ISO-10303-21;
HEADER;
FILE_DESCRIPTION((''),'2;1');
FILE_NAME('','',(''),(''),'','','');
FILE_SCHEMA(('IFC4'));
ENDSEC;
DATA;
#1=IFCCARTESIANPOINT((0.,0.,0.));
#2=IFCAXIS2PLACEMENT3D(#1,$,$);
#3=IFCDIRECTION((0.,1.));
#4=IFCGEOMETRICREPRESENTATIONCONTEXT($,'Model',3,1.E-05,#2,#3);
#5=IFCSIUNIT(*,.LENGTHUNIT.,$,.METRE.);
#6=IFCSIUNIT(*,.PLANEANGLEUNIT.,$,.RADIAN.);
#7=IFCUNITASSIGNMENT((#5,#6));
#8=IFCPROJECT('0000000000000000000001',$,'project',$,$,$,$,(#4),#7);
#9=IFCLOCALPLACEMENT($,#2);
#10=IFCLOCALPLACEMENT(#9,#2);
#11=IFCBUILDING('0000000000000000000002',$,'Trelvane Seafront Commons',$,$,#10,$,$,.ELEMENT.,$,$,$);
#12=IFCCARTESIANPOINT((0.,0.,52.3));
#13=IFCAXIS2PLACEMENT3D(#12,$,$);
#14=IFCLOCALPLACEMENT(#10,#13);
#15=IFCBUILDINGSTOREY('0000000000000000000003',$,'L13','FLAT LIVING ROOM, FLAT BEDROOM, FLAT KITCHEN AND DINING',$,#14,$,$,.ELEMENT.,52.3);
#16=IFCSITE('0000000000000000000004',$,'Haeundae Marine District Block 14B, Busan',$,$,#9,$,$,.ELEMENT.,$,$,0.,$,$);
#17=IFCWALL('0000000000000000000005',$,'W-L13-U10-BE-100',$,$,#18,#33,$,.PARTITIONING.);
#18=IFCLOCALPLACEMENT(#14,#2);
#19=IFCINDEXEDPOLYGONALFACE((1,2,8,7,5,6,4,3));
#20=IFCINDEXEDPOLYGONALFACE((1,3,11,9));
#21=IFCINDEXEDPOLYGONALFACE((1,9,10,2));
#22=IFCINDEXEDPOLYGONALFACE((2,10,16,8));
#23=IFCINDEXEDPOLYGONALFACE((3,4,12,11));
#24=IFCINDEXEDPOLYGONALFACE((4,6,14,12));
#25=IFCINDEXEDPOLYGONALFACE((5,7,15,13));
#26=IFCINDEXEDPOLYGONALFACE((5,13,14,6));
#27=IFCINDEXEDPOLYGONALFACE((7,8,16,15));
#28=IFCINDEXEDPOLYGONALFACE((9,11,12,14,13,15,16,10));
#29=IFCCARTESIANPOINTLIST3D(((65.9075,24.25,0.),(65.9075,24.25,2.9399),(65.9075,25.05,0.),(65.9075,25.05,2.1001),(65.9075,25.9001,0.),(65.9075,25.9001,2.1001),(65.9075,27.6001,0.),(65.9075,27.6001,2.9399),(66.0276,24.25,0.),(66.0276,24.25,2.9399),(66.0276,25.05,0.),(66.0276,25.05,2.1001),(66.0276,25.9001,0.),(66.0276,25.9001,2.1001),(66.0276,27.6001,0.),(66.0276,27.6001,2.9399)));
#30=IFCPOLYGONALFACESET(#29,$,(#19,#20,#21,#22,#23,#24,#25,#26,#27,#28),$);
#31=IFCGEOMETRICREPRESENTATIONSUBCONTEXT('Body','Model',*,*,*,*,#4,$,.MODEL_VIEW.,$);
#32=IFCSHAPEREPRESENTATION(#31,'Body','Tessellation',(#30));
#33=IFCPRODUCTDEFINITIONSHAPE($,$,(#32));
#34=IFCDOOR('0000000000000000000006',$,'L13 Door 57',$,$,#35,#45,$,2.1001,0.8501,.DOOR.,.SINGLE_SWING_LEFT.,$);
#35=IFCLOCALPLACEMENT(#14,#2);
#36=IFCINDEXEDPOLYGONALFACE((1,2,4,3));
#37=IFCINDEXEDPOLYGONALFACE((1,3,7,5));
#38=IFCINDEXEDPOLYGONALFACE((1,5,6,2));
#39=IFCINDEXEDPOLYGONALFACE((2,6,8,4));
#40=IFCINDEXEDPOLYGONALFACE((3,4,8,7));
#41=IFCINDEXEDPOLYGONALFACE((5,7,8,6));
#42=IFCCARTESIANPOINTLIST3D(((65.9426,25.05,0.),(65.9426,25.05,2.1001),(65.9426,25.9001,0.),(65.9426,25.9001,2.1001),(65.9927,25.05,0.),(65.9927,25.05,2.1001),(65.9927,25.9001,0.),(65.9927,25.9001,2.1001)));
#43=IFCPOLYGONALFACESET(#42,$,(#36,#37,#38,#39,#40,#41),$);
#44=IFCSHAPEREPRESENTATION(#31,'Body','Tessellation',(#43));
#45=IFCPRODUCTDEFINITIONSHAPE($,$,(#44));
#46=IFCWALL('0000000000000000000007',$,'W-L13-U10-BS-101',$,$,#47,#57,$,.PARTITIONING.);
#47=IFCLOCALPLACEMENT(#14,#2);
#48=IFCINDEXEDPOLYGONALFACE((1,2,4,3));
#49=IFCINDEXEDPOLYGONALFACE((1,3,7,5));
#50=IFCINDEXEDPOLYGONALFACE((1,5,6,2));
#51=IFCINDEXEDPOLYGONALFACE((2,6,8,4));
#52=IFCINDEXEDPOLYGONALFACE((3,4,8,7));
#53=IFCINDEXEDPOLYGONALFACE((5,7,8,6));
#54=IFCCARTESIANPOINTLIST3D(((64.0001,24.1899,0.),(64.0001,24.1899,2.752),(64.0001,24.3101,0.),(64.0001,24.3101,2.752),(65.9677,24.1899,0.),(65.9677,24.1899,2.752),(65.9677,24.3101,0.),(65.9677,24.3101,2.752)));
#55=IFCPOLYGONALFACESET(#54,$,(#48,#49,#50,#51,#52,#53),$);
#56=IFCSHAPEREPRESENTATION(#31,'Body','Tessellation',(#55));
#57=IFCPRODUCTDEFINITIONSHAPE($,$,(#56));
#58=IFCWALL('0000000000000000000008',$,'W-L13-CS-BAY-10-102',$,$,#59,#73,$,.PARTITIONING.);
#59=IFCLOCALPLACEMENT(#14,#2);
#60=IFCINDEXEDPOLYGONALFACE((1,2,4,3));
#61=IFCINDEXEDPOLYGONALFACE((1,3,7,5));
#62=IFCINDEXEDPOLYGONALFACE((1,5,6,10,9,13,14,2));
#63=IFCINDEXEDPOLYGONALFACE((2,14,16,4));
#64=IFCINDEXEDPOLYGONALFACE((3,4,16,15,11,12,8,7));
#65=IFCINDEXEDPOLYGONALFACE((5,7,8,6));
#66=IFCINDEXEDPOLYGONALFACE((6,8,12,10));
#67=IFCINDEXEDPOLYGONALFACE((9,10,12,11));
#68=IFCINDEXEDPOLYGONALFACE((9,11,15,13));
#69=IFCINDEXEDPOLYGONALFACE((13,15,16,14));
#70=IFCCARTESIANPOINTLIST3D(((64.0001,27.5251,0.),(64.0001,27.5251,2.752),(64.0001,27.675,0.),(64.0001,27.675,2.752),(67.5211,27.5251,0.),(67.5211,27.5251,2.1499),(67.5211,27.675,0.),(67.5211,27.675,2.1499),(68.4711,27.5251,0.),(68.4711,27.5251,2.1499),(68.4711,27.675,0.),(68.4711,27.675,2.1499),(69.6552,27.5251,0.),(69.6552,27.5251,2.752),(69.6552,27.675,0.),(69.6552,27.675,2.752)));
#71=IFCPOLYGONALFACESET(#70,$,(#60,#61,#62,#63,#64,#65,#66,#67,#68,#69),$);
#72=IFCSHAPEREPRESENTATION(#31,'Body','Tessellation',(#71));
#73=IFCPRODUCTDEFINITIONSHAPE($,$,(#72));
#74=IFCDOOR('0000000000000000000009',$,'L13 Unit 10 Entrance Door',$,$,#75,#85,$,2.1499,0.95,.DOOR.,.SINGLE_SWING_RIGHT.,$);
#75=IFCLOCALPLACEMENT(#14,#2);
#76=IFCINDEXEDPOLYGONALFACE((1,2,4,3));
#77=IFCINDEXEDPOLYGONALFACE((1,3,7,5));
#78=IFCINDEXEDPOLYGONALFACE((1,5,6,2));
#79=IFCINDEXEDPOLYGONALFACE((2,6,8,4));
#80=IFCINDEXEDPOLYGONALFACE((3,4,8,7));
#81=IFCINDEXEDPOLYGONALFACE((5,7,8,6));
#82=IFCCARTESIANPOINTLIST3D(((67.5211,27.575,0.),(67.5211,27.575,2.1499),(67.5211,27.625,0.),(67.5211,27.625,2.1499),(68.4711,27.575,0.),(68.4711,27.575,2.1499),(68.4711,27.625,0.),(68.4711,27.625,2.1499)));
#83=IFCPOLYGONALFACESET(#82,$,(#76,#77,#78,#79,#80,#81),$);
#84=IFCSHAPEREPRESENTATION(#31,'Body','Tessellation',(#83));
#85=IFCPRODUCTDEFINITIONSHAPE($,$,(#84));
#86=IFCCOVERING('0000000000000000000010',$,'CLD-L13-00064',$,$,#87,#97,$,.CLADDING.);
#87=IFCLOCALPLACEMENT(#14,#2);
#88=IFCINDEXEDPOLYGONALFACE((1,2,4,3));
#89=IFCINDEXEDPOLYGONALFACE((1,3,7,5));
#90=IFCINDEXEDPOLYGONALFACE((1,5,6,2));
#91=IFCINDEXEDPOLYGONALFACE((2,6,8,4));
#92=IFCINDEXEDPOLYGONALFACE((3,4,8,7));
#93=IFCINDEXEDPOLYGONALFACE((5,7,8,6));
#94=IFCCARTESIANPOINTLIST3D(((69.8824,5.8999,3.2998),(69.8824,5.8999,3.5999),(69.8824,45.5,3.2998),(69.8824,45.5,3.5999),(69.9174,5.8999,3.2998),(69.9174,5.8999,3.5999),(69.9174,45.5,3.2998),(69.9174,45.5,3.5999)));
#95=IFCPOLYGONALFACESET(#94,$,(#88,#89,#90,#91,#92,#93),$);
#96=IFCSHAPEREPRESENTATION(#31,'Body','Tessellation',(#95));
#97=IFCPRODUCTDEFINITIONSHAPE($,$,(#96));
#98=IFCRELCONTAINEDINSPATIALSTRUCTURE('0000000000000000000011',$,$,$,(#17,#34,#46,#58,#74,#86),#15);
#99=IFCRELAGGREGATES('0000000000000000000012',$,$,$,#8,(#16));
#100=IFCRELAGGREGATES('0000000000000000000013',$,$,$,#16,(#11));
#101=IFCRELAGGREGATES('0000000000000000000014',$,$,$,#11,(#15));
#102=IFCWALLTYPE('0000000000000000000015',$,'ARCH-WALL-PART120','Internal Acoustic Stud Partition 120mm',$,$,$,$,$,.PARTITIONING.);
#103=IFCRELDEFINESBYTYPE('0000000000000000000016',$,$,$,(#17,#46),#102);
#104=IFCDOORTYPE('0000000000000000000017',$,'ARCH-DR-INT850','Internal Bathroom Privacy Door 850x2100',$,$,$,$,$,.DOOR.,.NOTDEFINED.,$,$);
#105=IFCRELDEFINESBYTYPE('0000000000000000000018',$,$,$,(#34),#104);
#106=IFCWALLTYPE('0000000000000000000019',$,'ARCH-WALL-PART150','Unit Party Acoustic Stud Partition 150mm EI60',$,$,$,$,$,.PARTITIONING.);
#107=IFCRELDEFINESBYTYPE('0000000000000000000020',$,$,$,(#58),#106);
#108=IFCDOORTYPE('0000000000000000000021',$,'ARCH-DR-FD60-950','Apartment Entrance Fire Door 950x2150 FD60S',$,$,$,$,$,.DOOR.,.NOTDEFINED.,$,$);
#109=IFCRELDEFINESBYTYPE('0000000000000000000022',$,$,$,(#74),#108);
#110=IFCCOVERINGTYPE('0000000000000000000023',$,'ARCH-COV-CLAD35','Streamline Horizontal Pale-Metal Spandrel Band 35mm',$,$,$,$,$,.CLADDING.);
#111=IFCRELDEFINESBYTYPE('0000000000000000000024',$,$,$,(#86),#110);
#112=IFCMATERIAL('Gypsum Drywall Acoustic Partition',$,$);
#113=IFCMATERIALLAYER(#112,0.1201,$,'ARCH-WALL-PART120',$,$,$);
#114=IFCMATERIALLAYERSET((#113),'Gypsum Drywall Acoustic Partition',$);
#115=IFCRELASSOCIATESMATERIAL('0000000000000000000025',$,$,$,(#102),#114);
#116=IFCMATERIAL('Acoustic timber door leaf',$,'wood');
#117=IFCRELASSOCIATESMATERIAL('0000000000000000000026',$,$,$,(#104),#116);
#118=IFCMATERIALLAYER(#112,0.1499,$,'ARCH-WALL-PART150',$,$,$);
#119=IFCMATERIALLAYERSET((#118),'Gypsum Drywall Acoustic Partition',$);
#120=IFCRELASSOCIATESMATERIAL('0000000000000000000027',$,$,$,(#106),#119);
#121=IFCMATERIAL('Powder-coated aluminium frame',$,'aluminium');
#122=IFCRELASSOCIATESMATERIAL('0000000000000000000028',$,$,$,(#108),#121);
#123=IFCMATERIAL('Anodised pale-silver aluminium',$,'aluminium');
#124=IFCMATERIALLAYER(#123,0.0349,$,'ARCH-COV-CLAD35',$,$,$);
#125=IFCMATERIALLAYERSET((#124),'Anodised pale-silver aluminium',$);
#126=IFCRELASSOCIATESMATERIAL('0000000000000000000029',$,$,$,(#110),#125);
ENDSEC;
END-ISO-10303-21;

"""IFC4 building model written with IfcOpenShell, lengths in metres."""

from ifc_helpers import new_model, si_unit, direction, frame, frame_2d, origin, origin_2d, place, context, subcontext, project, spatial, rectangle, extrude, source, transform, mapped, material, layer, layer_set, type_object, element, fill, save


model = new_model("IFC4")

# Units and contexts
model_context = context("Model", 3, precision=1e-05, world=origin(), true_north=direction((0.0, 1.0)))
body_context = subcontext(model_context, "Body", "Model", "MODEL_VIEW")
ifc_project = project(units=[si_unit("LENGTHUNIT", "METRE"), si_unit("PLANEANGLEUNIT", "RADIAN")], contexts=[model_context])

# Site, building, storey
site_placement = place(None, origin())
site = spatial("IfcSite", under=ifc_project, at=site_placement, Name="Haeundae Marine District Block 14B, Busan", CompositionType="ELEMENT", RefElevation=0.0)
building_placement = place(site_placement, origin())
building = spatial("IfcBuilding", under=site, at=building_placement, Name="Trelvane Seafront Commons", CompositionType="ELEMENT")
storey_placement = place(building_placement, frame((0.0, 0.0, 52.3)))
storey = spatial("IfcBuildingStorey", under=building, at=storey_placement, Name="L13", Description="FLAT LIVING ROOM, FLAT BEDROOM, FLAT KITCHEN AND DINING", CompositionType="ELEMENT", Elevation=52.3)

# Shared definitions
ifc_material_1 = material(Name="Gypsum Drywall Acoustic Partition")
ifc_layer_1 = layer(ifc_material_1, 0.1201, Name="ARCH-WALL-PART120")
ifc_layer_set_1 = layer_set([ifc_layer_1], Name="Gypsum Drywall Acoustic Partition")
wall_type_1 = type_object("IfcWallType", Name="ARCH-WALL-PART120", Description="Internal Acoustic Stud Partition 120mm", PredefinedType="PARTITIONING", material=ifc_layer_set_1)

# Wall, opening, door
wall_1_placement = place(storey_placement, frame((65.9675, 24.25, 0.0), z_axis=(0.0, 0.0, 1.0), x_axis=(0.0, 1.0, 0.0)))
wall_1 = element("IfcWall", 1, at=wall_1_placement, inside=storey, type_object=wall_type_1, Name="W-L13-U10-BE-100", PredefinedType="PARTITIONING", context=body_context, shape_type="SweptSolid", body=[
    extrude(rectangle(XDim=3.3501, YDim=0.1201, at=frame_2d((1.675, 0.0))), origin(), (0.0, 0.0, 1.0), 2.9399),
])
opening_1_placement = place(wall_1_placement, frame((0.8, 0.0, 0.0)))
opening_1 = element("IfcOpeningElement", 2, at=opening_1_placement, cuts=wall_1, PredefinedType="OPENING", context=body_context, shape_type="SweptSolid", body=[
    extrude(rectangle(XDim=0.8501, YDim=2.1001, at=frame_2d((0.425, 1.05))), frame((0.0, 0.0701, 0.0), z_axis=(0.0, -1.0, 0.0), x_axis=(1.0, 0.0, 0.0)), (0.0, 0.0, 1.0), 0.1401),
])
ifc_material_2 = material(Name="Acoustic timber door leaf", Category="wood")
door_type_1 = type_object("IfcDoorType", Name="ARCH-DR-INT850", Description="Internal Bathroom Privacy Door 850x2100", OperationType="NOTDEFINED", PredefinedType="DOOR", material=ifc_material_2)
shared_shape_1 = source(origin(), body_context, "Body", "SweptSolid", [
    extrude(rectangle(XDim=0.8501, YDim=2.1001, at=frame_2d((0.425, 1.05))), frame((0.0, 0.0249, 0.0), z_axis=(0.0, -1.0, 0.0), x_axis=(1.0, 0.0, 0.0)), (0.0, 0.0, 1.0), 0.05),
])
door_1_placement = place(opening_1_placement, origin())
door_1 = element("IfcDoor", 3, at=door_1_placement, inside=storey, type_object=door_type_1, Name="L13 Door 57", OperationType="SINGLE_SWING_LEFT", OverallHeight=2.1001, OverallWidth=0.8501, PredefinedType="DOOR", context=body_context, shape_type="MappedRepresentation", body=[
    mapped(shared_shape_1, transform((0.0, 0.0, 0.0), x_axis=(1.0, 0.0, 0.0), y_axis=(0.0, 1.0, 0.0), z_axis=(0.0, 0.0, 1.0), scale=1.0)),
])
fill(opening_1, door_1)

# Wall
wall_2_placement = place(storey_placement, frame((64.0, 24.25, 0.0), z_axis=(0.0, 0.0, 1.0), x_axis=(1.0, 0.0, 0.0)))
element("IfcWall", 4, at=wall_2_placement, inside=storey, type_object=wall_type_1, Name="W-L13-U10-BS-101", PredefinedType="PARTITIONING", context=body_context, shape_type="SweptSolid", body=[
    extrude(rectangle(XDim=1.9675, YDim=0.1201, at=frame_2d((0.9839, 0.0))), origin(), (0.0, 0.0, 1.0), 2.752),
])

# Wall, opening, door
ifc_layer_2 = layer(ifc_material_1, 0.1499, Name="ARCH-WALL-PART150")
ifc_layer_set_2 = layer_set([ifc_layer_2], Name="Gypsum Drywall Acoustic Partition")
wall_type_2 = type_object("IfcWallType", Name="ARCH-WALL-PART150", Description="Unit Party Acoustic Stud Partition 150mm EI60", PredefinedType="PARTITIONING", material=ifc_layer_set_2)
wall_3_placement = place(storey_placement, frame((64.0, 27.6001, 0.0), z_axis=(0.0, 0.0, 1.0), x_axis=(1.0, 0.0, 0.0)))
wall_3 = element("IfcWall", 5, at=wall_3_placement, inside=storey, type_object=wall_type_2, Name="W-L13-CS-BAY-10-102", PredefinedType="PARTITIONING", context=body_context, shape_type="SweptSolid", body=[
    extrude(rectangle(XDim=5.655, YDim=0.1499, at=frame_2d((2.8276, 0.0))), origin(), (0.0, 0.0, 1.0), 2.752),
])
opening_2_placement = place(wall_3_placement, frame((3.521, 0.0, 0.0)))
opening_2 = element("IfcOpeningElement", 6, at=opening_2_placement, cuts=wall_3, PredefinedType="OPENING", context=body_context, shape_type="SweptSolid", body=[
    extrude(rectangle(XDim=0.95, YDim=2.1499, at=frame_2d((0.4751, 1.075))), frame((0.0, 0.085, 0.0), z_axis=(0.0, -1.0, 0.0), x_axis=(1.0, 0.0, 0.0)), (0.0, 0.0, 1.0), 0.1699),
])
ifc_material_3 = material(Name="Powder-coated aluminium frame", Category="aluminium")
door_type_2 = type_object("IfcDoorType", Name="ARCH-DR-FD60-950", Description="Apartment Entrance Fire Door 950x2150 FD60S", OperationType="NOTDEFINED", PredefinedType="DOOR", material=ifc_material_3)
shared_shape_2 = source(origin(), body_context, "Body", "SweptSolid", [
    extrude(rectangle(XDim=0.95, YDim=2.1499, at=frame_2d((0.4751, 1.075))), frame((0.0, 0.0249, 0.0), z_axis=(0.0, -1.0, 0.0), x_axis=(1.0, 0.0, 0.0)), (0.0, 0.0, 1.0), 0.05),
])
door_2_placement = place(opening_2_placement, origin())
door_2 = element("IfcDoor", 7, at=door_2_placement, inside=storey, type_object=door_type_2, Name="L13 Unit 10 Entrance Door", OperationType="SINGLE_SWING_RIGHT", OverallHeight=2.1499, OverallWidth=0.95, PredefinedType="DOOR", context=body_context, shape_type="MappedRepresentation", body=[
    mapped(shared_shape_2, transform((0.0, 0.0, 0.0), x_axis=(1.0, 0.0, 0.0), y_axis=(0.0, 1.0, 0.0), z_axis=(0.0, 0.0, 1.0), scale=1.0)),
])
fill(opening_2, door_2)

# Covering
ifc_material_4 = material(Name="Anodised pale-silver aluminium", Category="aluminium")
ifc_layer_3 = layer(ifc_material_4, 0.0349, Name="ARCH-COV-CLAD35")
ifc_layer_set_3 = layer_set([ifc_layer_3], Name="Anodised pale-silver aluminium")
covering_type = type_object("IfcCoveringType", Name="ARCH-COV-CLAD35", Description="Streamline Horizontal Pale-Metal Spandrel Band 35mm", PredefinedType="CLADDING", material=ifc_layer_set_3)
shared_shape_3 = source(origin(), body_context, "Body", "SweptSolid", [
    extrude(rectangle(XDim=39.6001, YDim=0.0349, at=origin_2d()), origin(), (0.0, 0.0, 1.0), 0.3),
])
covering_placement = place(storey_placement, frame((69.8999, 25.7, 3.2998), z_axis=(0.0, 0.0, 1.0), x_axis=(0.0, -1.0, 0.0)))
element("IfcCovering", 8, at=covering_placement, inside=storey, type_object=covering_type, Name="CLD-L13-00064", PredefinedType="CLADDING", context=body_context, shape_type="MappedRepresentation", body=[
    mapped(shared_shape_3, transform((0.0, 0.0, 0.0), x_axis=(1.0, 0.0, 0.0), y_axis=(0.0, 1.0, 0.0), z_axis=(0.0, 0.0, 1.0), scale=1.0)),
])

save(model, "model.ifc")
